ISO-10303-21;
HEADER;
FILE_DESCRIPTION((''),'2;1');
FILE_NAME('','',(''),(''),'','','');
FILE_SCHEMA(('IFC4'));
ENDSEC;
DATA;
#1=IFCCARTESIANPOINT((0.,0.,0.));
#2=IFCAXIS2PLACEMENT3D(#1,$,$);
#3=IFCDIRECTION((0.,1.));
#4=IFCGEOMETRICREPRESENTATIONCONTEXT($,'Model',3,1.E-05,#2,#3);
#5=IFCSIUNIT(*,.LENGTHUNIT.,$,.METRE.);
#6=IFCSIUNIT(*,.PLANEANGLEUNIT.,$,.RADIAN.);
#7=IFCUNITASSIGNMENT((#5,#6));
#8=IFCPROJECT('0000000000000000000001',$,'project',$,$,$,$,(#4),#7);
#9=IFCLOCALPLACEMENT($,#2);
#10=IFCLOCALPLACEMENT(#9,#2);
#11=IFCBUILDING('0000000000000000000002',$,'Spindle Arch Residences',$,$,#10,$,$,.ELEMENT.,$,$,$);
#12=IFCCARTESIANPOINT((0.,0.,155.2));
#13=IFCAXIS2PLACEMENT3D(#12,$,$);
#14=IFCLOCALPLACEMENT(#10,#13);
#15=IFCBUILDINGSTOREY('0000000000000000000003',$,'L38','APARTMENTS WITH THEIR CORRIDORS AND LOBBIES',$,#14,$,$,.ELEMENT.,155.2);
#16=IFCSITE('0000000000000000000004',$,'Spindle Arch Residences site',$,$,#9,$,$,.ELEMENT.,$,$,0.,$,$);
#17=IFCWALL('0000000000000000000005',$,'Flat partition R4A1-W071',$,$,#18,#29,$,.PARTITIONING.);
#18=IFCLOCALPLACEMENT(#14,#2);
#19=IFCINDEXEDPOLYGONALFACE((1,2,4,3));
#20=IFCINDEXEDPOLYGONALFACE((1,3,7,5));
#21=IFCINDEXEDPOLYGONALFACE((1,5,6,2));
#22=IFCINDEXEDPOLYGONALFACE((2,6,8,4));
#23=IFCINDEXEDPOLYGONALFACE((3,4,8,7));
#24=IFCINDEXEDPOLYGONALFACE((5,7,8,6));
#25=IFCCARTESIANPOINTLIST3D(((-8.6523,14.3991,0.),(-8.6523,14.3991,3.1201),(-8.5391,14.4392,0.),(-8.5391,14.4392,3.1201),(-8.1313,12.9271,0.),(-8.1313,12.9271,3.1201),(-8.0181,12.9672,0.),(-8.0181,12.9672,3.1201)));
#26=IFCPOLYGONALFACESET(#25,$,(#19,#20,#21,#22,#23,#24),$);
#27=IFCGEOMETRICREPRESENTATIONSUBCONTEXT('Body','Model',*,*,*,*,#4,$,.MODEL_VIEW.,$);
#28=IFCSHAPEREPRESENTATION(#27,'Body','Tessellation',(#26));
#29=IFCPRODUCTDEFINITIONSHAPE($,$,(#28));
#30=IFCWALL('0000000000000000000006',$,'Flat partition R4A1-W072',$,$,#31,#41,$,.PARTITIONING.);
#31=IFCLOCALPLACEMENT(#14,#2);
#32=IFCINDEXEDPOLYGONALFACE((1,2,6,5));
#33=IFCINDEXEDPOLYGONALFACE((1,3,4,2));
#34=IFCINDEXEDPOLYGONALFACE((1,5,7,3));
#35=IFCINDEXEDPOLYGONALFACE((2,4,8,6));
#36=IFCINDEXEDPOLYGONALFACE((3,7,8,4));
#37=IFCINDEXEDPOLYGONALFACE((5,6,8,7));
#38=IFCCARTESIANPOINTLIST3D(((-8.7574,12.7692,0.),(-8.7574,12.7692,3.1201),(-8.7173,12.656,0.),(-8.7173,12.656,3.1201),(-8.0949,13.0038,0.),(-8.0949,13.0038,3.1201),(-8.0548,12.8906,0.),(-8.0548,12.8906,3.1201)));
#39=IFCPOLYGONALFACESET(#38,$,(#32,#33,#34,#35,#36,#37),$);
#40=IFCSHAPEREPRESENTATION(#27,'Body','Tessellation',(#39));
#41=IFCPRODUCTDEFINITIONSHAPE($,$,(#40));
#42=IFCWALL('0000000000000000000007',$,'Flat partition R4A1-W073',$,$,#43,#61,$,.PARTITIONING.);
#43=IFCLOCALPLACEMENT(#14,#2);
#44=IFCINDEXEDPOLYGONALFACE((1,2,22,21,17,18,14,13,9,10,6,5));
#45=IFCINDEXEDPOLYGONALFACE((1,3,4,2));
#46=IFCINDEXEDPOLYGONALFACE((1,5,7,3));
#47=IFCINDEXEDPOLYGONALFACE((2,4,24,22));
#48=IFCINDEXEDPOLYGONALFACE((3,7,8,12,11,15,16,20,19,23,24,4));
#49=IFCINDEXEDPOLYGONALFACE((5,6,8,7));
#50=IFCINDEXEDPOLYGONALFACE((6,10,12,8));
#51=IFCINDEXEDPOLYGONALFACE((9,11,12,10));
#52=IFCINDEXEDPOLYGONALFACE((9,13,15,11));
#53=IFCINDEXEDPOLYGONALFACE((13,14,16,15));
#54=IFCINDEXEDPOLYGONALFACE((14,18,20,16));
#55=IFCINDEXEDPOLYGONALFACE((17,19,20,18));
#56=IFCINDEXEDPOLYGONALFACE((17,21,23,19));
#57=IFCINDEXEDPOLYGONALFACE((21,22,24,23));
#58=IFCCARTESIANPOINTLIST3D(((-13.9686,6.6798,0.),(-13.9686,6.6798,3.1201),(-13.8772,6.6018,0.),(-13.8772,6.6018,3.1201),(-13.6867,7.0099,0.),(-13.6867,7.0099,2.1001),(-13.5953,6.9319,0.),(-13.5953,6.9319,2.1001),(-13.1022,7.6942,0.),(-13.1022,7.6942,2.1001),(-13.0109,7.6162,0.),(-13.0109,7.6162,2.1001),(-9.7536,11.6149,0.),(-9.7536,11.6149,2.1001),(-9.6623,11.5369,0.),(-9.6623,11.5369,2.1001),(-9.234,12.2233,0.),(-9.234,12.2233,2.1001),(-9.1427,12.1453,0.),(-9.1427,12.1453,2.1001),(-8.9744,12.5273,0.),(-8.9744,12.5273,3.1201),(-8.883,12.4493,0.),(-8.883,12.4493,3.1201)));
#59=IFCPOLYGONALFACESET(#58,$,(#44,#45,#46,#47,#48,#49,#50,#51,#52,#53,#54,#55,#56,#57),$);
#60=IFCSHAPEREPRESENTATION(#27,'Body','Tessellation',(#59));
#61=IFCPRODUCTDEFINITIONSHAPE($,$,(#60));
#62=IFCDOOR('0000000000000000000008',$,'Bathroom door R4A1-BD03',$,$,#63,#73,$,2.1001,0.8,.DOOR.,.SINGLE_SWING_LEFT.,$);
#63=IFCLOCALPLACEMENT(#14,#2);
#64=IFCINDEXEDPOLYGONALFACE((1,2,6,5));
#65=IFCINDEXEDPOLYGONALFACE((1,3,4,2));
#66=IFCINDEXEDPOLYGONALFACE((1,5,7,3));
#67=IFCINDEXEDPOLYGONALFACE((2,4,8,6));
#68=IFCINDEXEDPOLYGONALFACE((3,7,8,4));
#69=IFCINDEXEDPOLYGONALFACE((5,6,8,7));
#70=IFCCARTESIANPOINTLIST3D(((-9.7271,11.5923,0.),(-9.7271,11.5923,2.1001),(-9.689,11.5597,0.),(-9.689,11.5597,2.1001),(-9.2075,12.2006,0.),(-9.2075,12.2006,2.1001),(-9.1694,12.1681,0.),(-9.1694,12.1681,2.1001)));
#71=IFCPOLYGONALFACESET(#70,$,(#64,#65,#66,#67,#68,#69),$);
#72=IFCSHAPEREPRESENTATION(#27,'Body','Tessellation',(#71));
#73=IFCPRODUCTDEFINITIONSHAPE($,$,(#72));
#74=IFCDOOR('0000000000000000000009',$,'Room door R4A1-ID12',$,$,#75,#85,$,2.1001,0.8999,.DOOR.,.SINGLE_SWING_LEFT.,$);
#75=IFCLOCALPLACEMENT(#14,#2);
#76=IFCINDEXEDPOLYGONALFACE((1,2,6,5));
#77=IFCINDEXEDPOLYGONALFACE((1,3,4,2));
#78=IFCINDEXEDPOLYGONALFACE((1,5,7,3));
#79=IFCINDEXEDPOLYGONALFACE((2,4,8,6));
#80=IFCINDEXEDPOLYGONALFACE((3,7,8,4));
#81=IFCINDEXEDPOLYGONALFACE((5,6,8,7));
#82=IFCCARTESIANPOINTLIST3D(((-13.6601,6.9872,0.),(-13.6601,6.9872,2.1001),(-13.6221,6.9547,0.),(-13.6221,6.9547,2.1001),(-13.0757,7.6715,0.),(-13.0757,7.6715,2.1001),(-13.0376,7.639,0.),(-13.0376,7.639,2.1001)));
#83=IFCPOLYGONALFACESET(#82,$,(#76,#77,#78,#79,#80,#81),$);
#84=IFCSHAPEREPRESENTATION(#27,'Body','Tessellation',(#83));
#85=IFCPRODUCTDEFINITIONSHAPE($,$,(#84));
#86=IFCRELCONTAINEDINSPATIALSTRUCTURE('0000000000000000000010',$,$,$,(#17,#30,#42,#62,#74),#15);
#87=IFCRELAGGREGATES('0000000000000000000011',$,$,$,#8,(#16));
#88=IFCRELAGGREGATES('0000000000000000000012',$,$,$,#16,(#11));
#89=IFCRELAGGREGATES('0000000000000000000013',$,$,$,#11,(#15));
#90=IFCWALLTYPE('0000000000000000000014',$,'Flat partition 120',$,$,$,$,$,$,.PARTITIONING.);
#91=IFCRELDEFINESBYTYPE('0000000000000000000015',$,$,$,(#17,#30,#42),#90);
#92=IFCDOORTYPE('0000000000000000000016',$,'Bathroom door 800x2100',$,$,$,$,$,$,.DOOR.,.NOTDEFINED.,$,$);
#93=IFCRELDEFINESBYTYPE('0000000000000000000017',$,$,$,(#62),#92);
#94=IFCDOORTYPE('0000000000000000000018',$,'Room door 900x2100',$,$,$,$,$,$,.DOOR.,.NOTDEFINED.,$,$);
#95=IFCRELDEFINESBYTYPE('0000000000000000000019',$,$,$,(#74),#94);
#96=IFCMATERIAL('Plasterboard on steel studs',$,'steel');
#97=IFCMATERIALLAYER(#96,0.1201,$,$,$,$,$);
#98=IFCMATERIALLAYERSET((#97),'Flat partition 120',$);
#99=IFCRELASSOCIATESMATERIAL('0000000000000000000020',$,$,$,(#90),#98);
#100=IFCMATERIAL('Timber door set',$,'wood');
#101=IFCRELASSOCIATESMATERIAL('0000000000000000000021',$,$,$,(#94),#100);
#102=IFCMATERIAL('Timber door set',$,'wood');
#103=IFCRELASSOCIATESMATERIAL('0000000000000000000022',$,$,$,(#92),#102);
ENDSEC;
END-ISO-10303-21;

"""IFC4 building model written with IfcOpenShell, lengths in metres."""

from ifc_helpers import new_model, si_unit, direction, frame, frame_2d, origin, place, context, subcontext, project, spatial, rectangle, extrude, material, layer, layer_set, type_object, element, fill, save


model = new_model("IFC4")

# Units and contexts
model_context = context("Model", 3, precision=1e-05, world=origin(), true_north=direction((0.0, 1.0)))
body_context = subcontext(model_context, "Body", "Model", "MODEL_VIEW")
ifc_project = project(units=[si_unit("LENGTHUNIT", "METRE"), si_unit("PLANEANGLEUNIT", "RADIAN")], contexts=[model_context])

# Site, building, storey
site_placement = place(None, origin())
site = spatial("IfcSite", under=ifc_project, at=site_placement, Name="Spindle Arch Residences site", CompositionType="ELEMENT", RefElevation=0.0)
building_placement = place(site_placement, origin())
building = spatial("IfcBuilding", under=site, at=building_placement, Name="Spindle Arch Residences", CompositionType="ELEMENT")
storey_placement = place(building_placement, frame((0.0, 0.0, 155.2)))
storey = spatial("IfcBuildingStorey", under=building, at=storey_placement, Name="L38", Description="APARTMENTS WITH THEIR CORRIDORS AND LOBBIES", CompositionType="ELEMENT", Elevation=155.2)

# Shared definitions
ifc_material_1 = material(Name="Plasterboard on steel studs", Category="steel")
ifc_layer_1 = layer(ifc_material_1, 0.1201)
ifc_layer_set_1 = layer_set([ifc_layer_1], Name="Flat partition 120")
wall_type_1 = type_object("IfcWallType", Name="Flat partition 120", PredefinedType="PARTITIONING", material=ifc_layer_set_1)

# Shared definitions
ifc_material_2 = material(Name="Timber door set", Category="wood")
door_type_1 = type_object("IfcDoorType", Name="Room door 900x2100", OperationType="NOTDEFINED", PredefinedType="DOOR", material=ifc_material_2)

# Walls
wall_1_placement = place(storey_placement, frame((-8.5957, 14.4192, 0.0), z_axis=(0.0, 0.0, 1.0), x_axis=(0.333671, -0.94269, 0.0)))
element("IfcWall", 1, at=wall_1_placement, inside=storey, type_object=wall_type_1, Name="Flat partition R4A1-W071", PredefinedType="PARTITIONING", context=body_context, shape_type="SweptSolid", body=[
    extrude(rectangle(XDim=1.5615, YDim=0.1201, at=frame_2d((0.7808, 0.0))), origin(), (0.0, 0.0, 1.0), 3.1201),
])
wall_2_placement = place(storey_placement, frame((-8.0747, 12.9473, 0.0), z_axis=(0.0, 0.0, 1.0), x_axis=(-0.94265, -0.333783, 0.0)))
element("IfcWall", 2, at=wall_2_placement, inside=storey, type_object=wall_type_1, Name="Flat partition R4A1-W072", PredefinedType="PARTITIONING", context=body_context, shape_type="SweptSolid", body=[
    extrude(rectangle(XDim=0.7029, YDim=0.1201, at=frame_2d((0.3516, 0.0))), origin(), (0.0, 0.0, 1.0), 3.1201),
])

# Wall, openings, doors
wall_3_placement = place(storey_placement, frame((-8.9287, 12.4883, 0.0), z_axis=(0.0, 0.0, 1.0), x_axis=(-0.649446, -0.760407, 0.0)))
wall_3 = element("IfcWall", 3, at=wall_3_placement, inside=storey, type_object=wall_type_1, Name="Flat partition R4A1-W073", PredefinedType="PARTITIONING", context=body_context, shape_type="SweptSolid", body=[
    extrude(rectangle(XDim=7.6899, YDim=0.1201, at=frame_2d((3.845, 0.0))), origin(), (0.0, 0.0, 1.0), 3.1201),
])
opening_1_placement = place(wall_3_placement, frame((0.3999, 0.0, 0.0)))
opening_1 = element("IfcOpeningElement", 4, at=opening_1_placement, cuts=wall_3, PredefinedType="OPENING", context=body_context, shape_type="SweptSolid", body=[
    extrude(rectangle(XDim=0.8, YDim=2.1001, at=frame_2d((0.3999, 1.05))), frame((0.0, 0.0701, 0.0), z_axis=(0.0, -1.0, 0.0), x_axis=(1.0, 0.0, 0.0)), (0.0, 0.0, 1.0), 0.1401),
])
opening_2_placement = place(wall_3_placement, frame((6.356, 0.0, 0.0)))
opening_2 = element("IfcOpeningElement", 5, at=opening_2_placement, cuts=wall_3, PredefinedType="OPENING", context=body_context, shape_type="SweptSolid", body=[
    extrude(rectangle(XDim=0.8999, YDim=2.1001, at=frame_2d((0.45, 1.05))), frame((0.0, 0.0701, 0.0), z_axis=(0.0, -1.0, 0.0), x_axis=(1.0, 0.0, 0.0)), (0.0, 0.0, 1.0), 0.1401),
])
ifc_material_3 = material(Name="Timber door set", Category="wood")
door_type_2 = type_object("IfcDoorType", Name="Bathroom door 800x2100", OperationType="NOTDEFINED", PredefinedType="DOOR", material=ifc_material_3)
door_1_placement = place(opening_1_placement, origin())
door_1 = element("IfcDoor", 6, at=door_1_placement, inside=storey, type_object=door_type_2, Name="Bathroom door R4A1-BD03", OperationType="SINGLE_SWING_LEFT", OverallHeight=2.1001, OverallWidth=0.8, PredefinedType="DOOR", context=body_context, shape_type="SweptSolid", body=[
    extrude(rectangle(XDim=0.8, YDim=2.1001, at=frame_2d((0.3999, 1.05))), frame((0.0, 0.0249, 0.0), z_axis=(0.0, -1.0, 0.0), x_axis=(1.0, 0.0, 0.0)), (0.0, 0.0, 1.0), 0.05),
])
fill(opening_1, door_1)
door_2_placement = place(opening_2_placement, origin())
door_2 = element("IfcDoor", 7, at=door_2_placement, inside=storey, type_object=door_type_1, Name="Room door R4A1-ID12", OperationType="SINGLE_SWING_LEFT", OverallHeight=2.1001, OverallWidth=0.8999, PredefinedType="DOOR", context=body_context, shape_type="SweptSolid", body=[
    extrude(rectangle(XDim=0.8999, YDim=2.1001, at=frame_2d((0.45, 1.05))), frame((0.0, 0.0249, 0.0), z_axis=(0.0, -1.0, 0.0), x_axis=(1.0, 0.0, 0.0)), (0.0, 0.0, 1.0), 0.05),
])
fill(opening_2, door_2)

save(model, "model.ifc")
